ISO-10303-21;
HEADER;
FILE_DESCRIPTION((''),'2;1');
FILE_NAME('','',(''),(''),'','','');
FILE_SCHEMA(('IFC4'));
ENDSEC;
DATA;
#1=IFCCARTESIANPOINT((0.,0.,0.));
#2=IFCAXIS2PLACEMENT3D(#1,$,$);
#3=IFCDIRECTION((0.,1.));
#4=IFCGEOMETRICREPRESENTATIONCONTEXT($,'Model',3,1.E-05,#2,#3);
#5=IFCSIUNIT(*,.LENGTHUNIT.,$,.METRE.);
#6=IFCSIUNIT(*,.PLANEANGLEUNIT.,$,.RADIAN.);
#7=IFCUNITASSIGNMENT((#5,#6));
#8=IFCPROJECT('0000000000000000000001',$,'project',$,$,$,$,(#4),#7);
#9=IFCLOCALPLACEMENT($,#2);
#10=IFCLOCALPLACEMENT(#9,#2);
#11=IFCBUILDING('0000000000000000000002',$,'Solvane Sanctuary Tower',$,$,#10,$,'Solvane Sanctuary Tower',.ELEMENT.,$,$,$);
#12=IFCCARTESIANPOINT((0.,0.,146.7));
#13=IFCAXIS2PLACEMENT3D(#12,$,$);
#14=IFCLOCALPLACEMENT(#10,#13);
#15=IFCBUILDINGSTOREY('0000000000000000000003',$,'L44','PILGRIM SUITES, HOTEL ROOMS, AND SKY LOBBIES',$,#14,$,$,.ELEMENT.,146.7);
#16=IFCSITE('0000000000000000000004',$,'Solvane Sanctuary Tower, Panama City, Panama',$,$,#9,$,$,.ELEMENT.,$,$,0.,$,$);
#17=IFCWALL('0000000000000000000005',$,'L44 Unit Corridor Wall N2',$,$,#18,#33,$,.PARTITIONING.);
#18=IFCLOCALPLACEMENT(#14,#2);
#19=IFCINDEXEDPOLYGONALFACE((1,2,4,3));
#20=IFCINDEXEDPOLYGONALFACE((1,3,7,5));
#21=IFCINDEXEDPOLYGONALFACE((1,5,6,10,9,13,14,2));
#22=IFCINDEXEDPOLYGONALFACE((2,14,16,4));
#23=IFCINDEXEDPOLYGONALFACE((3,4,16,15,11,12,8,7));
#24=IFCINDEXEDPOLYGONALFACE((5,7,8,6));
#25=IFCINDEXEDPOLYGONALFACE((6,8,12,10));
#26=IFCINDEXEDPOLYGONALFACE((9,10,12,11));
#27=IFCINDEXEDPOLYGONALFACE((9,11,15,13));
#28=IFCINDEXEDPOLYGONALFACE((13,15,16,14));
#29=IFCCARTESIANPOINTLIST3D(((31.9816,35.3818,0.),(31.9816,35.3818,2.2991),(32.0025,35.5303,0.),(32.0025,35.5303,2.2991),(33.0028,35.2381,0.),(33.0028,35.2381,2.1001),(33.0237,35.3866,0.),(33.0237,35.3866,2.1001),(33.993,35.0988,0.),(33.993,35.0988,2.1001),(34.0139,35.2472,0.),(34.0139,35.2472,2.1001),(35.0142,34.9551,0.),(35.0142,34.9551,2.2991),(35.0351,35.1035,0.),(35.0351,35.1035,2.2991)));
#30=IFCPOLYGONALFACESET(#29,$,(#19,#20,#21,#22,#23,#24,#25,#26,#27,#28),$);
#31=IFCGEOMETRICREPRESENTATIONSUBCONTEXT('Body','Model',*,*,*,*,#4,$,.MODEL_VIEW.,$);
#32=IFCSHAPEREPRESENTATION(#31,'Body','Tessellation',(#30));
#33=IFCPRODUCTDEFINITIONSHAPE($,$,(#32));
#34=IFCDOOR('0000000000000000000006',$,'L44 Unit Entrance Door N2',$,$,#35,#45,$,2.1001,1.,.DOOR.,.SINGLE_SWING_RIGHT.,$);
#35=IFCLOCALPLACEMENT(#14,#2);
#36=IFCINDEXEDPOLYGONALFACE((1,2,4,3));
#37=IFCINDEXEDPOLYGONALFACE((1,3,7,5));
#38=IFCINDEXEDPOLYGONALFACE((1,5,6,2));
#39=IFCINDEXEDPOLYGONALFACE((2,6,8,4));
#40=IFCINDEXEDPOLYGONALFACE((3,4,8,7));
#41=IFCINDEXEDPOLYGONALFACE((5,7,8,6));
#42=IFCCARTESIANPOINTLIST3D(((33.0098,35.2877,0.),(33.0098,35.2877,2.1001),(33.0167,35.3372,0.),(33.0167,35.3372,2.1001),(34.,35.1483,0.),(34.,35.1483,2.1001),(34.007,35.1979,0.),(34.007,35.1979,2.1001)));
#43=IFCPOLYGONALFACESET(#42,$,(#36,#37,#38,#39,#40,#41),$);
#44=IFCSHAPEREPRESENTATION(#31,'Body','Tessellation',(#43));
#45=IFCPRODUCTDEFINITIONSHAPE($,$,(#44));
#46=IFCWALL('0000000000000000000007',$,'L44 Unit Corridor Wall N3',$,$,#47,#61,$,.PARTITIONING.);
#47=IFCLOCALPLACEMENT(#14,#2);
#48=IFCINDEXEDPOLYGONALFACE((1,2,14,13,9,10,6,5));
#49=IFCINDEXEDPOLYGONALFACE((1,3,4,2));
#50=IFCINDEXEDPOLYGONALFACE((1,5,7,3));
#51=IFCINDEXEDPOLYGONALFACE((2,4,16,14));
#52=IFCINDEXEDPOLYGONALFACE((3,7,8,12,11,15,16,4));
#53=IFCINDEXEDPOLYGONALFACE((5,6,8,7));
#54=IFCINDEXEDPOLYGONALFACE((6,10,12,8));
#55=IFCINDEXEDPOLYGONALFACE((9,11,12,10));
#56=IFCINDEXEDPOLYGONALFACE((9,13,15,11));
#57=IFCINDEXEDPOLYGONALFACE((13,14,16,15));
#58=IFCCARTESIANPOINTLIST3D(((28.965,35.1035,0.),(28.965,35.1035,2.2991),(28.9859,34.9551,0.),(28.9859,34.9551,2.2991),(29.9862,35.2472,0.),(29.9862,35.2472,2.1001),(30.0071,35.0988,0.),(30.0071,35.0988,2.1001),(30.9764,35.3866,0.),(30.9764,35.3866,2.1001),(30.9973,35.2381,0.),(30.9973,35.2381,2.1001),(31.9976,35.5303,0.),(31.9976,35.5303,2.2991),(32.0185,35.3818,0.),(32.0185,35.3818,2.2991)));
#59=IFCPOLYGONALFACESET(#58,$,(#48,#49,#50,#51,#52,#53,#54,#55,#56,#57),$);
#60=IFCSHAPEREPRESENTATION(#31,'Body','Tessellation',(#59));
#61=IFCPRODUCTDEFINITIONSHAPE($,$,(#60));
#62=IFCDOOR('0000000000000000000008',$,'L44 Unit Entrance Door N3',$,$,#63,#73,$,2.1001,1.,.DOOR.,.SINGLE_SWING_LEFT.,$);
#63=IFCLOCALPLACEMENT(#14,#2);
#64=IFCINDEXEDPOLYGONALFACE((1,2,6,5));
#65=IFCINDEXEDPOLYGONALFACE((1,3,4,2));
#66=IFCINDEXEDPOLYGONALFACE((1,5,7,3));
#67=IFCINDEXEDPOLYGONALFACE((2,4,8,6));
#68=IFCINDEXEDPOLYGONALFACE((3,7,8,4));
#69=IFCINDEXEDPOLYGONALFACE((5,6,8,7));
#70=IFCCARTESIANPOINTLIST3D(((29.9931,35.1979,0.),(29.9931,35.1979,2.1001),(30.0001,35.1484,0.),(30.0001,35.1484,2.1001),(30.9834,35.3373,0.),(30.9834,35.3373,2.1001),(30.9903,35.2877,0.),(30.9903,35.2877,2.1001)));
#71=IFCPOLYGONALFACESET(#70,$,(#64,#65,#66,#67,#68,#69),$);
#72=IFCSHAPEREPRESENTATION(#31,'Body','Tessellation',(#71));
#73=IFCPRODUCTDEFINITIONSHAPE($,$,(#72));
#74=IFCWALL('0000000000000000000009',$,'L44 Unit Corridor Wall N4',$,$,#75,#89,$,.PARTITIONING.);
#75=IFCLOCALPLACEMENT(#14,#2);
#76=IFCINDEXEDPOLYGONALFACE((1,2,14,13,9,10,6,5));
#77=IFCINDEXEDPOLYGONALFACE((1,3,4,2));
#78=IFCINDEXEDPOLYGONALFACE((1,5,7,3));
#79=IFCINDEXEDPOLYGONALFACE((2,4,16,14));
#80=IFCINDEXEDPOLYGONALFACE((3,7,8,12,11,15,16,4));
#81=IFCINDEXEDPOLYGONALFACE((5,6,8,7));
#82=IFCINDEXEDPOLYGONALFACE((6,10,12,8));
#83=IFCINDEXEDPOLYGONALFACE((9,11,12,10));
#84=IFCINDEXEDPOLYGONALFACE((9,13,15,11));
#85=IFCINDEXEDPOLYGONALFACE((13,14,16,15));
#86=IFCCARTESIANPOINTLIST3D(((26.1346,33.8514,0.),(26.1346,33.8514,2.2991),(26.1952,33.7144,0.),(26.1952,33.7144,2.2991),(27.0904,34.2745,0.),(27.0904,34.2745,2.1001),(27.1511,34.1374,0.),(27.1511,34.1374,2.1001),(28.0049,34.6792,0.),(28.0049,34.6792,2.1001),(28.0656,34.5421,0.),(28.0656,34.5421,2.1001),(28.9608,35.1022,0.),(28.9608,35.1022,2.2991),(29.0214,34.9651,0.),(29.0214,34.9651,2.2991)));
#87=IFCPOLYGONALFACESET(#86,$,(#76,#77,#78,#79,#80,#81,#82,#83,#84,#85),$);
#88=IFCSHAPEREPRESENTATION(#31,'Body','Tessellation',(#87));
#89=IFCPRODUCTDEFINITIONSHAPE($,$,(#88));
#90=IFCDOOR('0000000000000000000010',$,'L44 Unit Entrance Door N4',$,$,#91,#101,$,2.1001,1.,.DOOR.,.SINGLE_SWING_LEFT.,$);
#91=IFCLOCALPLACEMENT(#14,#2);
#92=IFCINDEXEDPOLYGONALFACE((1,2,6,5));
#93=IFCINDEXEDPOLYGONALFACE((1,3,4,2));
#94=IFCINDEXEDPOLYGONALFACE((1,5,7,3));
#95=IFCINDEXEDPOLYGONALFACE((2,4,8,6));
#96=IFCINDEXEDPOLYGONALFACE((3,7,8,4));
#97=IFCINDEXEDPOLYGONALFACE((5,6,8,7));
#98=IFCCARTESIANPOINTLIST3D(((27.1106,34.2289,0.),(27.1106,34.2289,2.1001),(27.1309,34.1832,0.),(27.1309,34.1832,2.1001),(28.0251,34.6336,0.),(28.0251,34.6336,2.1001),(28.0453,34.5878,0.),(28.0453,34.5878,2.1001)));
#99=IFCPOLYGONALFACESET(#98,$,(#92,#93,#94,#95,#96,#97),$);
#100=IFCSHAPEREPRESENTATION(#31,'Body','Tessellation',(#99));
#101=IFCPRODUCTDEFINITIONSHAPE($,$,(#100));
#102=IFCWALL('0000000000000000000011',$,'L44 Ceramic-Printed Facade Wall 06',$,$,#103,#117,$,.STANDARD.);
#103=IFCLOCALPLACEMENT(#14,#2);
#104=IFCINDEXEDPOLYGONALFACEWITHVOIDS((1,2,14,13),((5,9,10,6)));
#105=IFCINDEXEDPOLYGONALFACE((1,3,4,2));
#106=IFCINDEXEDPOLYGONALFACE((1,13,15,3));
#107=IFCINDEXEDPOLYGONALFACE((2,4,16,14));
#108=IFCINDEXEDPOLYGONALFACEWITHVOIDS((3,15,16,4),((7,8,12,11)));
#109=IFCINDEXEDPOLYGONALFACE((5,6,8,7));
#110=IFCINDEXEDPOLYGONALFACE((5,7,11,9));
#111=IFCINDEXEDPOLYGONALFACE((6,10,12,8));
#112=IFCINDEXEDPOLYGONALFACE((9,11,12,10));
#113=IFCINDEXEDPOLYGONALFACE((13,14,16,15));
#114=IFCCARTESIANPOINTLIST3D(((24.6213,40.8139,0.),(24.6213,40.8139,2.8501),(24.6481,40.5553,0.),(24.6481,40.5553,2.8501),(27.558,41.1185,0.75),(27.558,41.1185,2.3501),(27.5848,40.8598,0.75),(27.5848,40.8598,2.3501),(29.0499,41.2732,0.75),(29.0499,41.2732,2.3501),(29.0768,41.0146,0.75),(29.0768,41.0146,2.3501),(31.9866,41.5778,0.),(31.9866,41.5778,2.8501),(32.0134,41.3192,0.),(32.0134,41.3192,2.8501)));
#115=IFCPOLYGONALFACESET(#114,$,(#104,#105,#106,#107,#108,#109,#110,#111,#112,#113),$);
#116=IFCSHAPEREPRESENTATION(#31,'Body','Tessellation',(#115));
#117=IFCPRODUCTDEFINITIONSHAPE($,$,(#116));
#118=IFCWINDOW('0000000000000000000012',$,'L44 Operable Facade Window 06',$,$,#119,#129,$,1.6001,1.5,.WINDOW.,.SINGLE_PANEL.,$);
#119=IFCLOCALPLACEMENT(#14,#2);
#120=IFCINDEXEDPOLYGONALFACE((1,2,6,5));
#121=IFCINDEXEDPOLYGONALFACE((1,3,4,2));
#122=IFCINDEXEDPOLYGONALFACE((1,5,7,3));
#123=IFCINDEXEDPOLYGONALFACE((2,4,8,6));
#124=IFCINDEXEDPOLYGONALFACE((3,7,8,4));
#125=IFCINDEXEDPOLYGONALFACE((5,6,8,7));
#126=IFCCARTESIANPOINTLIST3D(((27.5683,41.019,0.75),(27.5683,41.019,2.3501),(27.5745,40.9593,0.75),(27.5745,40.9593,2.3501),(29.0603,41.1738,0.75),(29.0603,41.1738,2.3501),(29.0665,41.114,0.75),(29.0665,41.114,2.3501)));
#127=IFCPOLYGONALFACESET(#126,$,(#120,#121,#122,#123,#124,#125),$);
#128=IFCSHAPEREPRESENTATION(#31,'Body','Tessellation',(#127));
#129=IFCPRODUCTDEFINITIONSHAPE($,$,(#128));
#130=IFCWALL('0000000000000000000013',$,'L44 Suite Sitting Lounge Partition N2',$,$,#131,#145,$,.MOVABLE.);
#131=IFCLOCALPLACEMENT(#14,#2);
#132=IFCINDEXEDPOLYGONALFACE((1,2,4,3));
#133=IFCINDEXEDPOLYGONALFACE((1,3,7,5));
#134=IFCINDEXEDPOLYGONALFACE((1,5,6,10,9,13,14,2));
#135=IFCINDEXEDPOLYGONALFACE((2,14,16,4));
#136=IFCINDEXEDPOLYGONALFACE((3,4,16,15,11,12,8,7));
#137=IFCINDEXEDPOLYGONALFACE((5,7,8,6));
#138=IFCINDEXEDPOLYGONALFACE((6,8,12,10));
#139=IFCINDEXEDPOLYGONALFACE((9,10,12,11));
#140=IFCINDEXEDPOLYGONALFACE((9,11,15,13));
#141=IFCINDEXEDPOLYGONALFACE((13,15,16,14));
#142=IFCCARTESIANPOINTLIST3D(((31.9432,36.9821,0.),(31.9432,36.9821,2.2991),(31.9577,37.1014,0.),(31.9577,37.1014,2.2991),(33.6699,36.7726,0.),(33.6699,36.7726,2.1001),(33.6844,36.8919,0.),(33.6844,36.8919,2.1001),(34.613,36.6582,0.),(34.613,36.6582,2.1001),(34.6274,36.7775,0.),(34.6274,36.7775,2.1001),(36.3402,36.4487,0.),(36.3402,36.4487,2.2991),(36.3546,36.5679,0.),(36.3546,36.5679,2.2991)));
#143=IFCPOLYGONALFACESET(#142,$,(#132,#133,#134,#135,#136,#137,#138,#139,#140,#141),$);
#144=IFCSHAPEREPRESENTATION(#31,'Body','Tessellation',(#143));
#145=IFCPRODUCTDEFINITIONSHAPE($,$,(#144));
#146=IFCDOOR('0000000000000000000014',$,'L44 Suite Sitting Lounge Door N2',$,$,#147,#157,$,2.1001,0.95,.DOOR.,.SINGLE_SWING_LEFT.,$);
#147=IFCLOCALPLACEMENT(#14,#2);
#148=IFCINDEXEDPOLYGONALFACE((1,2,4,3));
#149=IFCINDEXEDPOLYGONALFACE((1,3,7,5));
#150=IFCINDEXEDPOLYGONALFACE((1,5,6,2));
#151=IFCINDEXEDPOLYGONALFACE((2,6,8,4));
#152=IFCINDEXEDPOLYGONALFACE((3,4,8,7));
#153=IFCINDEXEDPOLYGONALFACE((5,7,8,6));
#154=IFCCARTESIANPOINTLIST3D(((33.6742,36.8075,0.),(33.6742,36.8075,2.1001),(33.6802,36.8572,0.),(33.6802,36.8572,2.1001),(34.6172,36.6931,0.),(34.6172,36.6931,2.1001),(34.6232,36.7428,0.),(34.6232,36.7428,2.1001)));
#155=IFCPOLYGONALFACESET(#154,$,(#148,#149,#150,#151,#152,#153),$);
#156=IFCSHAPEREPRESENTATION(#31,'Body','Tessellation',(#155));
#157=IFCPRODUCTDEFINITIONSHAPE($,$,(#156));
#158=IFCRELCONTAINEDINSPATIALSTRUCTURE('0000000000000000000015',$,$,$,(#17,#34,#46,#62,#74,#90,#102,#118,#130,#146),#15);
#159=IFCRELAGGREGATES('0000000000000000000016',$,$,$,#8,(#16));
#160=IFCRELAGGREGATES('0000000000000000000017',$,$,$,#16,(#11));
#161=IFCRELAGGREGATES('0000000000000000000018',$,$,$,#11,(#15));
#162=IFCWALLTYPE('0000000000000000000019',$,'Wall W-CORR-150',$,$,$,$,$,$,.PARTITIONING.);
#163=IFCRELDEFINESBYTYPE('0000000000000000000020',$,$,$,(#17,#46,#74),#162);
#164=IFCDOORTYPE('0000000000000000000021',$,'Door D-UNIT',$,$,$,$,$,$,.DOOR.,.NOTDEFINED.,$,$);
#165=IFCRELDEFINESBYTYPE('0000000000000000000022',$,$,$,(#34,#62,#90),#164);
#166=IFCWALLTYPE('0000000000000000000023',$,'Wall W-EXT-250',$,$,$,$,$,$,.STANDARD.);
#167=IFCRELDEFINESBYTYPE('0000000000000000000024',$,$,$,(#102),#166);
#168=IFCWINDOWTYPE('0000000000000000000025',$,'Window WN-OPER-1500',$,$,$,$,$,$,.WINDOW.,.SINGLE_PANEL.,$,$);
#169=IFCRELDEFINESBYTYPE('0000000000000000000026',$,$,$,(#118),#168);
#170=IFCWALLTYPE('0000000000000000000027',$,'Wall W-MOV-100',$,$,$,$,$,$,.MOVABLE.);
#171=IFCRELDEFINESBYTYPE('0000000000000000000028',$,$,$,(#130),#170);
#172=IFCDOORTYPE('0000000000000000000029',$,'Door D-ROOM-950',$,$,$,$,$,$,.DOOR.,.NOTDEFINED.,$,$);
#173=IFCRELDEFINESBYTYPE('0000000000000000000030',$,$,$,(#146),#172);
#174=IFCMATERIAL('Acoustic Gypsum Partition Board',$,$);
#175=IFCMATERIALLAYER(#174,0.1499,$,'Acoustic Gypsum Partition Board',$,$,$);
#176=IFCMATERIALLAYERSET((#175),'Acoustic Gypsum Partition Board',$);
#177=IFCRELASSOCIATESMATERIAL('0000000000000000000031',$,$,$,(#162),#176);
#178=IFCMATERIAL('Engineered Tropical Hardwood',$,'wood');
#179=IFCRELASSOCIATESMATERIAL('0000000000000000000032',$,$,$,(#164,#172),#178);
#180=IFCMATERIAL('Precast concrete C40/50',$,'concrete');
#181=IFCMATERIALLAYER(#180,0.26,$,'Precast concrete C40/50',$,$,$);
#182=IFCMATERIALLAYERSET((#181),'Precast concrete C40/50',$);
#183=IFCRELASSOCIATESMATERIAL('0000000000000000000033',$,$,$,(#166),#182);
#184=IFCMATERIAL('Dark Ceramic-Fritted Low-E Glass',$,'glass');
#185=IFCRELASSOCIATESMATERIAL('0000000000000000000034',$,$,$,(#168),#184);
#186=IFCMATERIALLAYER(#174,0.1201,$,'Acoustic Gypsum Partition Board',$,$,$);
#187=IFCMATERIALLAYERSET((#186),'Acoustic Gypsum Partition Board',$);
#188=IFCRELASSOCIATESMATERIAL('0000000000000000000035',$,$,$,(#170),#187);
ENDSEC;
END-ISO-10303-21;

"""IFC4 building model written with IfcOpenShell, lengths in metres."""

from ifc_helpers import new_model, si_unit, direction, frame, frame_2d, origin, place, context, subcontext, project, spatial, rectangle, extrude, material, layer, layer_set, type_object, element, fill, save


model = new_model("IFC4")

# Units and contexts
model_context = context("Model", 3, precision=1e-05, world=origin(), true_north=direction((0.0, 1.0)))
body_context = subcontext(model_context, "Body", "Model", "MODEL_VIEW")
ifc_project = project(units=[si_unit("LENGTHUNIT", "METRE"), si_unit("PLANEANGLEUNIT", "RADIAN")], contexts=[model_context])

# Site, building, storey
site_placement = place(None, origin())
site = spatial("IfcSite", under=ifc_project, at=site_placement, Name="Solvane Sanctuary Tower, Panama City, Panama", CompositionType="ELEMENT", RefElevation=0.0)
building_placement = place(site_placement, origin())
building = spatial("IfcBuilding", under=site, at=building_placement, Name="Solvane Sanctuary Tower", LongName="Solvane Sanctuary Tower", CompositionType="ELEMENT")
storey_placement = place(building_placement, frame((0.0, 0.0, 146.7)))
storey = spatial("IfcBuildingStorey", under=building, at=storey_placement, Name="L44", Description="PILGRIM SUITES, HOTEL ROOMS, AND SKY LOBBIES", CompositionType="ELEMENT", Elevation=146.7)

# Shared definitions
ifc_material_1 = material(Name="Acoustic Gypsum Partition Board")
ifc_layer_1 = layer(ifc_material_1, 0.1499, Name="Acoustic Gypsum Partition Board")
ifc_layer_set_1 = layer_set([ifc_layer_1], Name="Acoustic Gypsum Partition Board")
wall_type_1 = type_object("IfcWallType", Name="Wall W-CORR-150", PredefinedType="PARTITIONING", material=ifc_layer_set_1)

# Walls, openings, doors
ifc_material_2 = material(Name="Engineered Tropical Hardwood", Category="wood")
door_type_1 = type_object("IfcDoorType", Name="Door D-UNIT", OperationType="NOTDEFINED", PredefinedType="DOOR", material=ifc_material_2)
wall_1_placement = place(storey_placement, frame((35.0247, 35.0293, 0.0), z_axis=(0.0, 0.0, 1.0), x_axis=(-0.990244, 0.139345, 0.0)))
wall_1 = element("IfcWall", 1, at=wall_1_placement, inside=storey, type_object=wall_type_1, Name="L44 Unit Corridor Wall N2", PredefinedType="PARTITIONING", context=body_context, shape_type="SweptSolid", body=[
    extrude(rectangle(XDim=3.0625, YDim=0.1499, at=frame_2d((1.5312, 0.0))), origin(), (0.0, 0.0, 1.0), 2.2991),
])
opening_1_placement = place(wall_1_placement, frame((1.0312, 0.0, 0.0)))
opening_1 = element("IfcOpeningElement", 2, at=opening_1_placement, cuts=wall_1, PredefinedType="OPENING", context=body_context, shape_type="SweptSolid", body=[
    extrude(rectangle(XDim=1.0, YDim=2.1001, at=frame_2d((0.5, 1.05))), frame((0.0, 0.085, 0.0), z_axis=(0.0, -1.0, 0.0), x_axis=(1.0, 0.0, 0.0)), (0.0, 0.0, 1.0), 0.1699),
])
door_1_placement = place(opening_1_placement, origin())
door_1 = element("IfcDoor", 3, at=door_1_placement, inside=storey, type_object=door_type_1, Name="L44 Unit Entrance Door N2", OperationType="SINGLE_SWING_RIGHT", OverallHeight=2.1001, OverallWidth=1.0, PredefinedType="DOOR", context=body_context, shape_type="SweptSolid", body=[
    extrude(rectangle(XDim=1.0, YDim=2.1001, at=frame_2d((0.5, 1.05))), frame((0.0, 0.0249, 0.0), z_axis=(0.0, -1.0, 0.0), x_axis=(1.0, 0.0, 0.0)), (0.0, 0.0, 1.0), 0.05),
])
fill(opening_1, door_1)
wall_2_placement = place(storey_placement, frame((32.0081, 35.4561, 0.0), z_axis=(0.0, 0.0, 1.0), x_axis=(-0.990244, -0.139345, 0.0)))
wall_2 = element("IfcWall", 4, at=wall_2_placement, inside=storey, type_object=wall_type_1, Name="L44 Unit Corridor Wall N3", PredefinedType="PARTITIONING", context=body_context, shape_type="SweptSolid", body=[
    extrude(rectangle(XDim=3.0625, YDim=0.1499, at=frame_2d((1.5312, 0.0))), origin(), (0.0, 0.0, 1.0), 2.2991),
])
opening_2_placement = place(wall_2_placement, frame((1.0312, 0.0, 0.0)))
opening_2 = element("IfcOpeningElement", 5, at=opening_2_placement, cuts=wall_2, PredefinedType="OPENING", context=body_context, shape_type="SweptSolid", body=[
    extrude(rectangle(XDim=1.0, YDim=2.1001, at=frame_2d((0.5, 1.05))), frame((0.0, 0.085, 0.0), z_axis=(0.0, -1.0, 0.0), x_axis=(1.0, 0.0, 0.0)), (0.0, 0.0, 1.0), 0.1699),
])
door_2_placement = place(opening_2_placement, origin())
door_2 = element("IfcDoor", 6, at=door_2_placement, inside=storey, type_object=door_type_1, Name="L44 Unit Entrance Door N3", OperationType="SINGLE_SWING_LEFT", OverallHeight=2.1001, OverallWidth=1.0, PredefinedType="DOOR", context=body_context, shape_type="SweptSolid", body=[
    extrude(rectangle(XDim=1.0, YDim=2.1001, at=frame_2d((0.5, 1.05))), frame((0.0, 0.0249, 0.0), z_axis=(0.0, -1.0, 0.0), x_axis=(1.0, 0.0, 0.0)), (0.0, 0.0, 1.0), 0.05),
])
fill(opening_2, door_2)
wall_3_placement = place(storey_placement, frame((28.9912, 35.0337, 0.0), z_axis=(0.0, 0.0, 1.0), x_axis=(-0.914452, -0.404694, 0.0)))
wall_3 = element("IfcWall", 7, at=wall_3_placement, inside=storey, type_object=wall_type_1, Name="L44 Unit Corridor Wall N4", PredefinedType="PARTITIONING", context=body_context, shape_type="SweptSolid", body=[
    extrude(rectangle(XDim=3.0906, YDim=0.1499, at=frame_2d((1.5454, 0.0))), origin(), (0.0, 0.0, 1.0), 2.2991),
])
opening_3_placement = place(wall_3_placement, frame((1.0454, 0.0, 0.0)))
opening_3 = element("IfcOpeningElement", 8, at=opening_3_placement, cuts=wall_3, PredefinedType="OPENING", context=body_context, shape_type="SweptSolid", body=[
    extrude(rectangle(XDim=1.0, YDim=2.1001, at=frame_2d((0.5, 1.05))), frame((0.0, 0.085, 0.0), z_axis=(0.0, -1.0, 0.0), x_axis=(1.0, 0.0, 0.0)), (0.0, 0.0, 1.0), 0.1699),
])
door_3_placement = place(opening_3_placement, origin())
door_3 = element("IfcDoor", 9, at=door_3_placement, inside=storey, type_object=door_type_1, Name="L44 Unit Entrance Door N4", OperationType="SINGLE_SWING_LEFT", OverallHeight=2.1001, OverallWidth=1.0, PredefinedType="DOOR", context=body_context, shape_type="SweptSolid", body=[
    extrude(rectangle(XDim=1.0, YDim=2.1001, at=frame_2d((0.5, 1.05))), frame((0.0, 0.0249, 0.0), z_axis=(0.0, -1.0, 0.0), x_axis=(1.0, 0.0, 0.0)), (0.0, 0.0, 1.0), 0.05),
])
fill(opening_3, door_3)

# Wall, opening, window
ifc_material_3 = material(Name="Precast concrete C40/50", Category="concrete")
ifc_layer_2 = layer(ifc_material_3, 0.26, Name="Precast concrete C40/50")
ifc_layer_set_2 = layer_set([ifc_layer_2], Name="Precast concrete C40/50")
wall_type_2 = type_object("IfcWallType", Name="Wall W-EXT-250", PredefinedType="STANDARD", material=ifc_layer_set_2)
wall_4_placement = place(storey_placement, frame((32.0, 41.4485, 0.0), z_axis=(0.0, 0.0, 1.0), x_axis=(-0.994664, -0.103166, 0.0)))
wall_4 = element("IfcWall", 10, at=wall_4_placement, inside=storey, type_object=wall_type_2, Name="L44 Ceramic-Printed Facade Wall 06", PredefinedType="STANDARD", context=body_context, shape_type="SweptSolid", body=[
    extrude(rectangle(XDim=7.4048, YDim=0.26, at=frame_2d((3.7024, 0.0))), origin(), (0.0, 0.0, 1.0), 2.8501),
])
opening_4_placement = place(wall_4_placement, frame((2.9524, 0.0, 0.75)))
opening_4 = element("IfcOpeningElement", 11, at=opening_4_placement, cuts=wall_4, PredefinedType="OPENING", context=body_context, shape_type="SweptSolid", body=[
    extrude(rectangle(XDim=1.5, YDim=1.6001, at=frame_2d((0.75, 0.8))), frame((0.0, 0.1399, 0.0), z_axis=(0.0, -1.0, 0.0), x_axis=(1.0, 0.0, 0.0)), (0.0, 0.0, 1.0), 0.28),
])
ifc_material_4 = material(Name="Dark Ceramic-Fritted Low-E Glass", Category="glass")
window_type = type_object("IfcWindowType", Name="Window WN-OPER-1500", PartitioningType="SINGLE_PANEL", PredefinedType="WINDOW", material=ifc_material_4)
window_placement = place(opening_4_placement, origin())
window = element("IfcWindow", 12, at=window_placement, inside=storey, type_object=window_type, Name="L44 Operable Facade Window 06", OverallHeight=1.6001, OverallWidth=1.5, PartitioningType="SINGLE_PANEL", PredefinedType="WINDOW", context=body_context, shape_type="SweptSolid", body=[
    extrude(rectangle(XDim=1.5, YDim=1.6001, at=frame_2d((0.75, 0.8))), frame((0.0, 0.03, 0.0), z_axis=(0.0, -1.0, 0.0), x_axis=(1.0, 0.0, 0.0)), (0.0, 0.0, 1.0), 0.0601),
])
fill(opening_4, window)

# Wall, opening, door
ifc_layer_3 = layer(ifc_material_1, 0.1201, Name="Acoustic Gypsum Partition Board")
ifc_layer_set_3 = layer_set([ifc_layer_3], Name="Acoustic Gypsum Partition Board")
wall_type_3 = type_object("IfcWallType", Name="Wall W-MOV-100", PredefinedType="MOVABLE", material=ifc_layer_set_3)
wall_5_placement = place(storey_placement, frame((36.3474, 36.5083, 0.0), z_axis=(0.0, 0.0, 1.0), x_axis=(-0.992721, 0.120438, 0.0)))
wall_5 = element("IfcWall", 13, at=wall_5_placement, inside=storey, type_object=wall_type_3, Name="L44 Suite Sitting Lounge Partition N2", PredefinedType="MOVABLE", context=body_context, shape_type="SweptSolid", body=[
    extrude(rectangle(XDim=4.4292, YDim=0.1201, at=frame_2d((2.2146, 0.0))), origin(), (0.0, 0.0, 1.0), 2.2991),
])
opening_5_placement = place(wall_5_placement, frame((1.7397, 0.0, 0.0)))
opening_5 = element("IfcOpeningElement", 14, at=opening_5_placement, cuts=wall_5, PredefinedType="OPENING", context=body_context, shape_type="SweptSolid", body=[
    extrude(rectangle(XDim=0.95, YDim=2.1001, at=frame_2d((0.4751, 1.05))), frame((0.0, 0.0701, 0.0), z_axis=(0.0, -1.0, 0.0), x_axis=(1.0, 0.0, 0.0)), (0.0, 0.0, 1.0), 0.1401),
])
door_type_2 = type_object("IfcDoorType", Name="Door D-ROOM-950", OperationType="NOTDEFINED", PredefinedType="DOOR", material=ifc_material_2)
door_4_placement = place(opening_5_placement, origin())
door_4 = element("IfcDoor", 15, at=door_4_placement, inside=storey, type_object=door_type_2, Name="L44 Suite Sitting Lounge Door N2", OperationType="SINGLE_SWING_LEFT", OverallHeight=2.1001, OverallWidth=0.95, PredefinedType="DOOR", context=body_context, shape_type="SweptSolid", body=[
    extrude(rectangle(XDim=0.95, YDim=2.1001, at=frame_2d((0.4751, 1.05))), frame((0.0, 0.0249, 0.0), z_axis=(0.0, -1.0, 0.0), x_axis=(1.0, 0.0, 0.0)), (0.0, 0.0, 1.0), 0.05),
])
fill(opening_5, door_4)

save(model, "model.ifc")
